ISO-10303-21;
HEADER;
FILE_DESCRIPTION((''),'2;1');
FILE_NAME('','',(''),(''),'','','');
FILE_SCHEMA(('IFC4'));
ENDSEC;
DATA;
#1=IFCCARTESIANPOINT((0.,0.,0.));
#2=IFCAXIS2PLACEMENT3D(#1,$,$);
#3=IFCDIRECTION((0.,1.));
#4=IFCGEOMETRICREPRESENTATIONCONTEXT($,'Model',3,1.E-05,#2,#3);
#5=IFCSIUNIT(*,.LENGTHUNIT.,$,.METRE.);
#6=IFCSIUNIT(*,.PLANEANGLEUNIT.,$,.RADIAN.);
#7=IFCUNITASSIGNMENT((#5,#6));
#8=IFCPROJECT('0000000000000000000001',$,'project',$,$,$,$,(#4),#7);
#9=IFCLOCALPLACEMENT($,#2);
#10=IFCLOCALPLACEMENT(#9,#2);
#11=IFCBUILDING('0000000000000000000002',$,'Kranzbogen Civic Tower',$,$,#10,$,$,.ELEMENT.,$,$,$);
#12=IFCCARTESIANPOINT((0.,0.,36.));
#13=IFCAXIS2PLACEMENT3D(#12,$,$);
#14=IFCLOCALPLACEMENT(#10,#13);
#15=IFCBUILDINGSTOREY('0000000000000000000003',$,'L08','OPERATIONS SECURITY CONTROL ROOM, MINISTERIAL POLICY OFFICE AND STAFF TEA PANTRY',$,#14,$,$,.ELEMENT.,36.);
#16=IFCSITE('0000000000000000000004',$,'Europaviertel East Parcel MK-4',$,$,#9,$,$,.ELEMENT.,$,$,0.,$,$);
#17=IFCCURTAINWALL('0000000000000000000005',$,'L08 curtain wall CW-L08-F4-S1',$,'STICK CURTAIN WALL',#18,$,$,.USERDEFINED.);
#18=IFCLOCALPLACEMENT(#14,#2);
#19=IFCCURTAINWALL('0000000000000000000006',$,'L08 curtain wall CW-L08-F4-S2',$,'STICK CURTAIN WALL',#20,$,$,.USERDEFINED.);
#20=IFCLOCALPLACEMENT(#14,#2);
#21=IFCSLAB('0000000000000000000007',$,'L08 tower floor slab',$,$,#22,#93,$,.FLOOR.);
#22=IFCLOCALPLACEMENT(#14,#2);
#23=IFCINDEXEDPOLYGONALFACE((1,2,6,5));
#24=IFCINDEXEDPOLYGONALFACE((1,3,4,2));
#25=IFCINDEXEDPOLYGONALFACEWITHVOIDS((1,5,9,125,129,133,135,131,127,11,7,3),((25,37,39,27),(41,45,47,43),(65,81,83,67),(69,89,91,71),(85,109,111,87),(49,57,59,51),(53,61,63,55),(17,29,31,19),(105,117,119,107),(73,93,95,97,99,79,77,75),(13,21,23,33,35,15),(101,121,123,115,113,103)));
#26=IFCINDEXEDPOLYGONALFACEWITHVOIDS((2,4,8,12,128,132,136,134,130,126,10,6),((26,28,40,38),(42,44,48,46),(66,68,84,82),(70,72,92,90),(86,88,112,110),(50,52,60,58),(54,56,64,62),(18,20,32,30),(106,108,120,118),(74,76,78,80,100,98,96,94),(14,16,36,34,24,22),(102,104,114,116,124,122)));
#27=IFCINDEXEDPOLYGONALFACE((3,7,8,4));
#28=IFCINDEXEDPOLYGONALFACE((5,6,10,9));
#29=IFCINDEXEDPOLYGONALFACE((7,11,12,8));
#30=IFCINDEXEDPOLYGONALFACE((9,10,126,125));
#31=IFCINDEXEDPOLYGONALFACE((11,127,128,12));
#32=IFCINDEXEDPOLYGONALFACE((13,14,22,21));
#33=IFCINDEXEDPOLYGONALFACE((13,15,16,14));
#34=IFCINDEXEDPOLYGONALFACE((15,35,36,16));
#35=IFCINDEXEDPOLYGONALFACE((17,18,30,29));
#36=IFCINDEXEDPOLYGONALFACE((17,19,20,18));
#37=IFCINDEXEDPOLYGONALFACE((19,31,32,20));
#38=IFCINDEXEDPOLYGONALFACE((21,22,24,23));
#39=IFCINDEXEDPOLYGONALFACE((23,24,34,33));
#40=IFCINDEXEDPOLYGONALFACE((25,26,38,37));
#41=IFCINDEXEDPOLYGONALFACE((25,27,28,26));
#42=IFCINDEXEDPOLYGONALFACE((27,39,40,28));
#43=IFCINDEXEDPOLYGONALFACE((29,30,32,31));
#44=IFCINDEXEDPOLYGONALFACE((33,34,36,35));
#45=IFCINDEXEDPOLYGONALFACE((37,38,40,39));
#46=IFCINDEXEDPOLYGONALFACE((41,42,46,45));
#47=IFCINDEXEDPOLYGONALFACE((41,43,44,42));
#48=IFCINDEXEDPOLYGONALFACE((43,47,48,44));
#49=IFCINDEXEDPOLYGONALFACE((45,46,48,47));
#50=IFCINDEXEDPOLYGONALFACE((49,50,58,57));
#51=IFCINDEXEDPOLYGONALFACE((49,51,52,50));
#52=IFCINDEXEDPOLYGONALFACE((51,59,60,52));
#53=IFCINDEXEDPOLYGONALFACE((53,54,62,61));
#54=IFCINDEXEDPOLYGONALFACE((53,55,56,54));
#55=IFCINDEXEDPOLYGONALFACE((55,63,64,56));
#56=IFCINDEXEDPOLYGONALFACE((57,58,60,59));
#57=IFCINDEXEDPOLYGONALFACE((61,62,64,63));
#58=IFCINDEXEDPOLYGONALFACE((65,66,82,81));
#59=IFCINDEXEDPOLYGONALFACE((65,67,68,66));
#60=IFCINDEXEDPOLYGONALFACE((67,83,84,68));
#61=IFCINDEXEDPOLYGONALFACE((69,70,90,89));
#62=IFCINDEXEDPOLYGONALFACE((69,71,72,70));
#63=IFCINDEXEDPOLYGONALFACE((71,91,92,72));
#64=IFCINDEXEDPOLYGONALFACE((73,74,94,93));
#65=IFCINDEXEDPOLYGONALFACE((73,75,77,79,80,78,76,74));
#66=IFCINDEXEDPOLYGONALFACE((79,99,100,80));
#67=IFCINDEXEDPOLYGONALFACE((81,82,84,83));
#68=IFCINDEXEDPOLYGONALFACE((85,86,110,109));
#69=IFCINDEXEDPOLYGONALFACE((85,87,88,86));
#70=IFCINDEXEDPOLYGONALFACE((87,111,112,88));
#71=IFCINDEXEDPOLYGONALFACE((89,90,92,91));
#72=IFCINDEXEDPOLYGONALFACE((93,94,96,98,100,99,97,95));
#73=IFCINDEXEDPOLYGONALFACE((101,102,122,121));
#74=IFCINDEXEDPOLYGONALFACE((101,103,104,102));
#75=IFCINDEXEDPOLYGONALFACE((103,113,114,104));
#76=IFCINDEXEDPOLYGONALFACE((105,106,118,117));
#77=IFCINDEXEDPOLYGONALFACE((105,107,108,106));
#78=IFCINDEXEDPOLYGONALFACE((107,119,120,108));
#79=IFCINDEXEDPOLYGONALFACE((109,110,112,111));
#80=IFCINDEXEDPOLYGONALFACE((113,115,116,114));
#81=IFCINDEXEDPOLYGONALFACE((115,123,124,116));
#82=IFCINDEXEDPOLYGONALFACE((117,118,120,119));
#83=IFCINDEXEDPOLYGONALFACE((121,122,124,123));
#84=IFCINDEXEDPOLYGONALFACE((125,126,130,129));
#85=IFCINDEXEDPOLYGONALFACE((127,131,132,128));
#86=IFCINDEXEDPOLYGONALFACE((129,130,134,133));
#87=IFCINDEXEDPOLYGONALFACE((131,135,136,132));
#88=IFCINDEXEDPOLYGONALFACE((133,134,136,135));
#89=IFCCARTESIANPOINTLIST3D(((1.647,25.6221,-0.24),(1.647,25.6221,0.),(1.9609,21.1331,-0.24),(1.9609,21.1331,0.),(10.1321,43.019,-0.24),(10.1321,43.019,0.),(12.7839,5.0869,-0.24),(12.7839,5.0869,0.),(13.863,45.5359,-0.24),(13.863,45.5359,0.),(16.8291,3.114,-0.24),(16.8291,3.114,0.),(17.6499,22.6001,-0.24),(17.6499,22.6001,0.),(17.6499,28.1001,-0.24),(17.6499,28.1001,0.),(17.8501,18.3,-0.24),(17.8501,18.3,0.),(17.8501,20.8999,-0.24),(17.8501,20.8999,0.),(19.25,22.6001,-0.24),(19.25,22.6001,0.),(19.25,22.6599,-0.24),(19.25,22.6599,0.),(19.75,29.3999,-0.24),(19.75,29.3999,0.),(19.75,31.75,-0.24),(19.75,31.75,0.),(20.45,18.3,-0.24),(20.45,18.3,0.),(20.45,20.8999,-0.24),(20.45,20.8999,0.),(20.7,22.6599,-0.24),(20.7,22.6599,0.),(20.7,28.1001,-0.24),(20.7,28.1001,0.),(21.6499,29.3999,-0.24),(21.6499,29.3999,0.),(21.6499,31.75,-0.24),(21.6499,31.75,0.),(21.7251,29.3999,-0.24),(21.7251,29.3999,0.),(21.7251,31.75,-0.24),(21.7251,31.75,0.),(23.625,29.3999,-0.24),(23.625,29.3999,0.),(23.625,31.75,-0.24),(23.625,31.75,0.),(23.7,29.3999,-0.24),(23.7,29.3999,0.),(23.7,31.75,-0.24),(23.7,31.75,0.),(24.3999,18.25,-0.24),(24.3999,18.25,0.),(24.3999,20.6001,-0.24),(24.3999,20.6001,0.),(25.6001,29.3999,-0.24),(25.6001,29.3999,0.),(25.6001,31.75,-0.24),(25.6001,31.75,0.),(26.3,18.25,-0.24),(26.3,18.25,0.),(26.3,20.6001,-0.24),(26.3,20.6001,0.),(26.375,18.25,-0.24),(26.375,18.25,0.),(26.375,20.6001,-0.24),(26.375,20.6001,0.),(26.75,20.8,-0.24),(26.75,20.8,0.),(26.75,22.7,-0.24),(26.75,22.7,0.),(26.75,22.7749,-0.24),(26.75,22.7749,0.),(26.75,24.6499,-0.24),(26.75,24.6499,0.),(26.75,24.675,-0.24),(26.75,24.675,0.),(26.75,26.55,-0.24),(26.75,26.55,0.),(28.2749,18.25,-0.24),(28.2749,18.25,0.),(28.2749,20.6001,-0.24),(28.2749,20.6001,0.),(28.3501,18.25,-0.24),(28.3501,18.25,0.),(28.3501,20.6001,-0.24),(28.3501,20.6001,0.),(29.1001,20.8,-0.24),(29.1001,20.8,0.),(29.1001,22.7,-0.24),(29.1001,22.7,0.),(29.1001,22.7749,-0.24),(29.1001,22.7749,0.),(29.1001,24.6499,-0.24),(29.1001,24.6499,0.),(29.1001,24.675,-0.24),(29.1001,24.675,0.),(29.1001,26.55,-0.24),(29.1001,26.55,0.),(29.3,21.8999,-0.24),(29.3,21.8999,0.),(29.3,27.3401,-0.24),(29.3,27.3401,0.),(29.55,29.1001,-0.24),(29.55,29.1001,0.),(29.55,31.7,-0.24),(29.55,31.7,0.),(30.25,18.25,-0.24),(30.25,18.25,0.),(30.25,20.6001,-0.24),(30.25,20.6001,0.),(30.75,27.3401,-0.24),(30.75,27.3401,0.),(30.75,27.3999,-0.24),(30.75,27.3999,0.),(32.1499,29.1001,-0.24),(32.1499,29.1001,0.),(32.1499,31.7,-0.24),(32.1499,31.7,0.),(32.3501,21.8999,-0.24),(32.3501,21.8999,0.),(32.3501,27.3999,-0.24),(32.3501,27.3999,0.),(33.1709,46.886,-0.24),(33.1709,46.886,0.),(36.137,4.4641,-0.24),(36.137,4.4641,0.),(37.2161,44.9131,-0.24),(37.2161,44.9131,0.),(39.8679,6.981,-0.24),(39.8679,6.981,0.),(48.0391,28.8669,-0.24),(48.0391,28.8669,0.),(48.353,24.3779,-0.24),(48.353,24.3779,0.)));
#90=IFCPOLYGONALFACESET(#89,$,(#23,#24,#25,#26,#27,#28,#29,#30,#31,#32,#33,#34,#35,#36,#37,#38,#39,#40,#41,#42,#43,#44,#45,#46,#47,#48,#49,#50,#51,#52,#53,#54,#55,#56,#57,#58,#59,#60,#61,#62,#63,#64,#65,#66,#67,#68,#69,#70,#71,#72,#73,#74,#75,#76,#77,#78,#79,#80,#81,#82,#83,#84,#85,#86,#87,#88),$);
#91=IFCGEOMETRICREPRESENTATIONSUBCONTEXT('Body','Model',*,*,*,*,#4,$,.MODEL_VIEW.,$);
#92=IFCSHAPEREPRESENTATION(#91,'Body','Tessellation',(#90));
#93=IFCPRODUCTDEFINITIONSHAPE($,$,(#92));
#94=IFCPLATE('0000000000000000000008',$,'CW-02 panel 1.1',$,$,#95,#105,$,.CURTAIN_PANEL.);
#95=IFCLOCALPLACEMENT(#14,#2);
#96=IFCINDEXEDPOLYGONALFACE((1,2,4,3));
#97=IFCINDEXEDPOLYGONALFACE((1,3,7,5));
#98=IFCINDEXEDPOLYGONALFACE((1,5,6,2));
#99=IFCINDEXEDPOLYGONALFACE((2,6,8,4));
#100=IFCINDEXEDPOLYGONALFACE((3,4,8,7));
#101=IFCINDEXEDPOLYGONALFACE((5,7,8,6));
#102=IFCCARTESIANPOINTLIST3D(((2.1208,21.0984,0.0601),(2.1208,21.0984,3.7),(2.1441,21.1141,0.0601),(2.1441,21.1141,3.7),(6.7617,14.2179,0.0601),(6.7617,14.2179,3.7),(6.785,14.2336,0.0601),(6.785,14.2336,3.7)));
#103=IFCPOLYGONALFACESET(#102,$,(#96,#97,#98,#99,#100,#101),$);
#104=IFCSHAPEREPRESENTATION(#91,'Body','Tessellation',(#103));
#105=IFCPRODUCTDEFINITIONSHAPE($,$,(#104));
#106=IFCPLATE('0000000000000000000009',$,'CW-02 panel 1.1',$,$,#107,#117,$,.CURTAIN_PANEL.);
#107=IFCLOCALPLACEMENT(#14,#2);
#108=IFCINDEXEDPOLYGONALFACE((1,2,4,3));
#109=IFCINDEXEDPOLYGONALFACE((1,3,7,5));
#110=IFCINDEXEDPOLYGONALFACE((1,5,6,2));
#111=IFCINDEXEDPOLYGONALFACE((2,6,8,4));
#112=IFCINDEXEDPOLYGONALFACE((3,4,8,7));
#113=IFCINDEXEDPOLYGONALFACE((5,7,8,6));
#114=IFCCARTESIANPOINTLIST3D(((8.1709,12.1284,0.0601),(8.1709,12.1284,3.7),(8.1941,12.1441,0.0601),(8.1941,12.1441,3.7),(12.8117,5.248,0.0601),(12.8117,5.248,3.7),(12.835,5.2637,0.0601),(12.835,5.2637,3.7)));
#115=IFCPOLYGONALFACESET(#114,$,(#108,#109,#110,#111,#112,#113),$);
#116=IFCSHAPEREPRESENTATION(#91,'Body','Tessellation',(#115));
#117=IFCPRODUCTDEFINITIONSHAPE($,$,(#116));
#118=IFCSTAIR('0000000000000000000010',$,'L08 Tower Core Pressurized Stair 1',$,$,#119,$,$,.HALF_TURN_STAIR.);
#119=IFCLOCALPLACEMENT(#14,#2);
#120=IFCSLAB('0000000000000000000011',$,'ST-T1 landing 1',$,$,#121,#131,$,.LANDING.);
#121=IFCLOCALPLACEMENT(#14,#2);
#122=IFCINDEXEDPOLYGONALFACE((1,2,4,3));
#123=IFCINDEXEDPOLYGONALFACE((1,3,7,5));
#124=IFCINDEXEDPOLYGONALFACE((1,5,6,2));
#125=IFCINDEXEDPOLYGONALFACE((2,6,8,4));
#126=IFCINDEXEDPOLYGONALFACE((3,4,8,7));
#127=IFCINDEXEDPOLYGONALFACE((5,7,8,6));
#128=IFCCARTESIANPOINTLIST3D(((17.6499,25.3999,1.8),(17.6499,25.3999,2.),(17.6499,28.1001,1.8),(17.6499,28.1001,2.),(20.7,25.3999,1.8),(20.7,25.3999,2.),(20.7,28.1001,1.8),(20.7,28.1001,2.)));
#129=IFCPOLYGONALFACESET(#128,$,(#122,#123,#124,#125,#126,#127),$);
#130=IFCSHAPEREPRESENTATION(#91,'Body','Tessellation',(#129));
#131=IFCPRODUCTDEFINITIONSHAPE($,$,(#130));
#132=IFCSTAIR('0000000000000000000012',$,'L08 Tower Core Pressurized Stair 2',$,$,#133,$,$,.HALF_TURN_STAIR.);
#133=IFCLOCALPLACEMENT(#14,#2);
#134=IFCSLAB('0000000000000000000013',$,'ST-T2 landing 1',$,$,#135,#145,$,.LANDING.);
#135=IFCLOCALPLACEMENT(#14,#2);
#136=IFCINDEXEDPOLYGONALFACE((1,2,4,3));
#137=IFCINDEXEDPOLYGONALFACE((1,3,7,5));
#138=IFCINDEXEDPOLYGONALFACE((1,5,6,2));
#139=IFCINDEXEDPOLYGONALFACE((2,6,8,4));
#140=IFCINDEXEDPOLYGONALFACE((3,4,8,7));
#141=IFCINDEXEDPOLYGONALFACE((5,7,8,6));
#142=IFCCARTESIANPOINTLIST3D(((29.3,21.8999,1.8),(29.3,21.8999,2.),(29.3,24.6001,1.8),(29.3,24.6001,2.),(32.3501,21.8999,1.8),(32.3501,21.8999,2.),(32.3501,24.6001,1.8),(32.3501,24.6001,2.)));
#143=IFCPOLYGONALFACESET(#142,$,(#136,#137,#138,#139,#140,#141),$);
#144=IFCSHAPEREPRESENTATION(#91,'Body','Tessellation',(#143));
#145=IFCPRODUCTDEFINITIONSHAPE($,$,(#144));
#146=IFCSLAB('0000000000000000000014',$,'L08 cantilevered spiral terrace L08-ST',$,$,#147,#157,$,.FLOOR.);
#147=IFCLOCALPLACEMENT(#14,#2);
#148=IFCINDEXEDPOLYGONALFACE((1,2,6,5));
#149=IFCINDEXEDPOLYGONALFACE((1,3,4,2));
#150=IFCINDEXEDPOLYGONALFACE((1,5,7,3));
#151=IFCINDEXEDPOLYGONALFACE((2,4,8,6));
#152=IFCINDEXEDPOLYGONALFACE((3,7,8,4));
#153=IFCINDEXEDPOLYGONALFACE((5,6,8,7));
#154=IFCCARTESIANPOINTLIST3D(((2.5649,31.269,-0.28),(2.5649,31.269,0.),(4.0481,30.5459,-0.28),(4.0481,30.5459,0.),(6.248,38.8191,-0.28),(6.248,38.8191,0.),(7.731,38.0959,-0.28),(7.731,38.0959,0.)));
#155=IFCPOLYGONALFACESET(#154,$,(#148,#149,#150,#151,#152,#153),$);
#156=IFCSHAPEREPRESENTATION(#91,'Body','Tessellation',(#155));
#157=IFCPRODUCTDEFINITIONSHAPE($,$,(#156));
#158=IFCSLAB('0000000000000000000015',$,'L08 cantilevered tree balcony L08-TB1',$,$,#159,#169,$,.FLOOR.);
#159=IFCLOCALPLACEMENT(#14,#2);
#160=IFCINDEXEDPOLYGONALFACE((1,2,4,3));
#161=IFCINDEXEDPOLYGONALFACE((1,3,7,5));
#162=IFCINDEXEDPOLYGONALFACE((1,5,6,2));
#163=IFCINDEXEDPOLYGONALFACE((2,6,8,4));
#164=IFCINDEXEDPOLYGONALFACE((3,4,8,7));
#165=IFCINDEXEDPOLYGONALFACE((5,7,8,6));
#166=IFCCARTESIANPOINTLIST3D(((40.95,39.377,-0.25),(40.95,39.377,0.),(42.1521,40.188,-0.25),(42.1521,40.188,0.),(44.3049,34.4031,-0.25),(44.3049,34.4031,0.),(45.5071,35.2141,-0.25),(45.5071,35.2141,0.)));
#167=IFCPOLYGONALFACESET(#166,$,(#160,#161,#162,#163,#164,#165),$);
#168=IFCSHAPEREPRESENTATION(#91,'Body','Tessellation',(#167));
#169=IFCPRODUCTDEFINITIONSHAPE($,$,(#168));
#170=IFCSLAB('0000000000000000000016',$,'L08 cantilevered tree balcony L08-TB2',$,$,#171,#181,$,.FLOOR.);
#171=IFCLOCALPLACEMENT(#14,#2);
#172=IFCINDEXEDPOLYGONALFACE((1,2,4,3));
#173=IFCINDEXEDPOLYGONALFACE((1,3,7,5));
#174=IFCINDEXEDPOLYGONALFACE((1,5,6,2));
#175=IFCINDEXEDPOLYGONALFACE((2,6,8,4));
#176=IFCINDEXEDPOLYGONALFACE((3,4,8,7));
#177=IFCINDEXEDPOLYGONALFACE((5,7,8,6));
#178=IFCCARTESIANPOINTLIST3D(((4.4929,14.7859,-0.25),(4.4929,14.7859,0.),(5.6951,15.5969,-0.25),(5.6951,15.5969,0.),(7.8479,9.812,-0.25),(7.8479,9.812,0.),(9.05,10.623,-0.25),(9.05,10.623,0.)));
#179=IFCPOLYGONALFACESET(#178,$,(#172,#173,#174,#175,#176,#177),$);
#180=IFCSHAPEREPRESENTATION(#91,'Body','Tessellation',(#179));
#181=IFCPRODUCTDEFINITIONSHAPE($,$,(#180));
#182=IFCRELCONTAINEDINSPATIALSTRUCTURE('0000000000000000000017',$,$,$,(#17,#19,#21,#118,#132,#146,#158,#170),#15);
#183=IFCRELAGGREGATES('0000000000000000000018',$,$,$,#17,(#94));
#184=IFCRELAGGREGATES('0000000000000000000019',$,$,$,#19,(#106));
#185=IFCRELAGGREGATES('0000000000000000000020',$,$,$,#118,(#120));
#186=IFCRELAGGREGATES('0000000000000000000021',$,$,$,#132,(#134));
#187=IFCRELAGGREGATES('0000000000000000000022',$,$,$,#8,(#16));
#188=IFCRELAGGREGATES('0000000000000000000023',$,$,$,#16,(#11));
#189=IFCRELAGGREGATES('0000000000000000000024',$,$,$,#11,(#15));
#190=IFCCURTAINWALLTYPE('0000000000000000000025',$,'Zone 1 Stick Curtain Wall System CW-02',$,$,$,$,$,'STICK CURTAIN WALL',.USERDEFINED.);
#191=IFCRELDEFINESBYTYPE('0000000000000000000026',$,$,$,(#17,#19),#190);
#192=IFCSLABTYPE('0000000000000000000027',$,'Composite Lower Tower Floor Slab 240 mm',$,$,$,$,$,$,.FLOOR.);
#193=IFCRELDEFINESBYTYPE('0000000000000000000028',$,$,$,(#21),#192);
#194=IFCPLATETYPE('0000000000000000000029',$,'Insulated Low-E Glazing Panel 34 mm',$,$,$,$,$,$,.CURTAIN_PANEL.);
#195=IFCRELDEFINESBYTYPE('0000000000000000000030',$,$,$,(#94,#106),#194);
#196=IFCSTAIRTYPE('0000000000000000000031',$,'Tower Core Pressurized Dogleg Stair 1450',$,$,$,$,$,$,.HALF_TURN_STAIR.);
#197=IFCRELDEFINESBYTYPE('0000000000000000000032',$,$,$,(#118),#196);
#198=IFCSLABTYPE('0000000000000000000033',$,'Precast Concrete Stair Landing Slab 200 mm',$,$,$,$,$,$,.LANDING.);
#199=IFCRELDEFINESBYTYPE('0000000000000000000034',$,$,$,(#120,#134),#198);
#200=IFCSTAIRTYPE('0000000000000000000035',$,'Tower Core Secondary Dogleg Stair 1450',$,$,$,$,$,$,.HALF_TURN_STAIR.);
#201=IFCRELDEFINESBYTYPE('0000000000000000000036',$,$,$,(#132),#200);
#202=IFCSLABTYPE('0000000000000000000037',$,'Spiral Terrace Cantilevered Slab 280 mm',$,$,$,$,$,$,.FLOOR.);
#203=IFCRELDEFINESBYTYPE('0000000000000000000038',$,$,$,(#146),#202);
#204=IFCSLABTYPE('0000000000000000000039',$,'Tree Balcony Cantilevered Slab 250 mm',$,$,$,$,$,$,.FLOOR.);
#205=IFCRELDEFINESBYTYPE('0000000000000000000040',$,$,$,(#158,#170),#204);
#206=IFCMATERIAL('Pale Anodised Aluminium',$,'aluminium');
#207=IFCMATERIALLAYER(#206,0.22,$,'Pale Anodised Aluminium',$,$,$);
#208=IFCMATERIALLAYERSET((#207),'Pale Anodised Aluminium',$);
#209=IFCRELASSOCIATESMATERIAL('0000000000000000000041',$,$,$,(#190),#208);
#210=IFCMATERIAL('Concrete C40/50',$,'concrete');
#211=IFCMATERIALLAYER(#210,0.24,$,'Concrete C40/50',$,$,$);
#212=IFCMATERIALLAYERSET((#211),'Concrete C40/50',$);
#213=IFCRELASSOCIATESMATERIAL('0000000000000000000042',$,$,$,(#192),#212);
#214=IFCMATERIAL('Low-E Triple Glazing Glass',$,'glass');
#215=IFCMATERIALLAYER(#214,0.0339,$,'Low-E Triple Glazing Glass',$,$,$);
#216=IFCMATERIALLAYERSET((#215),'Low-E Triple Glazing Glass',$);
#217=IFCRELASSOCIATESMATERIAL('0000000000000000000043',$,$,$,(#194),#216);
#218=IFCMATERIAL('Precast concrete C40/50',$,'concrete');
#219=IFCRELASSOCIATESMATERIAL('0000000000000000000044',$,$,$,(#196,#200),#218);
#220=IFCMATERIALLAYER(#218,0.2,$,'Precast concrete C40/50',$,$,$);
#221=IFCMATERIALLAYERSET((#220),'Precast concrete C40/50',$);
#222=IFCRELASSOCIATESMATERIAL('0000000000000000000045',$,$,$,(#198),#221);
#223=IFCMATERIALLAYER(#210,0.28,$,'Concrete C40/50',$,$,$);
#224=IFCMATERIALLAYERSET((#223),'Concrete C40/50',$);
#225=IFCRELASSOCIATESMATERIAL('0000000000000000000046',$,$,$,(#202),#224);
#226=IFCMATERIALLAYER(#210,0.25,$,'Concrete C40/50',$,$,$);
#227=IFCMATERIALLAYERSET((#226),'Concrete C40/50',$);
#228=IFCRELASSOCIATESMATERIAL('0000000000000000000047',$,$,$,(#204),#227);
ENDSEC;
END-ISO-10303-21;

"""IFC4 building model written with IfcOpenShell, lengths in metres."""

from ifc_helpers import new_model, si_unit, direction, frame, origin, origin_2d, place, context, subcontext, project, spatial, polyline, rectangle, outline, extrude, material, layer, layer_set, type_object, element, aggregate, save


model = new_model("IFC4")

# Units and contexts
model_context = context("Model", 3, precision=1e-05, world=origin(), true_north=direction((0.0, 1.0)))
body_context = subcontext(model_context, "Body", "Model", "MODEL_VIEW")
ifc_project = project(units=[si_unit("LENGTHUNIT", "METRE"), si_unit("PLANEANGLEUNIT", "RADIAN")], contexts=[model_context])

# Site, building, storey
site_placement = place(None, origin())
site = spatial("IfcSite", under=ifc_project, at=site_placement, Name="Europaviertel East Parcel MK-4", CompositionType="ELEMENT", RefElevation=0.0)
building_placement = place(site_placement, origin())
building = spatial("IfcBuilding", under=site, at=building_placement, Name="Kranzbogen Civic Tower", CompositionType="ELEMENT")
storey_placement = place(building_placement, frame((0.0, 0.0, 36.0)))
storey = spatial("IfcBuildingStorey", under=building, at=storey_placement, Name="L08", Description="OPERATIONS SECURITY CONTROL ROOM, MINISTERIAL POLICY OFFICE AND STAFF TEA PANTRY", CompositionType="ELEMENT", Elevation=36.0)

# Curtain walls
ifc_material_1 = material(Name="Pale Anodised Aluminium", Category="aluminium")
ifc_layer_1 = layer(ifc_material_1, 0.22, Name="Pale Anodised Aluminium")
ifc_layer_set_1 = layer_set([ifc_layer_1], Name="Pale Anodised Aluminium")
curtain_wall_type = type_object("IfcCurtainWallType", Name="Zone 1 Stick Curtain Wall System CW-02", ElementType="STICK CURTAIN WALL", PredefinedType="USERDEFINED", material=ifc_layer_set_1)
curtain_wall_1_placement = place(storey_placement, origin())
curtain_wall_1 = element("IfcCurtainWall", 1, at=curtain_wall_1_placement, inside=storey, type_object=curtain_wall_type, Name="L08 curtain wall CW-L08-F4-S1", ObjectType="STICK CURTAIN WALL", PredefinedType="USERDEFINED")
curtain_wall_2_placement = place(storey_placement, origin())
curtain_wall_2 = element("IfcCurtainWall", 2, at=curtain_wall_2_placement, inside=storey, type_object=curtain_wall_type, Name="L08 curtain wall CW-L08-F4-S2", ObjectType="STICK CURTAIN WALL", PredefinedType="USERDEFINED")

# Slab
ifc_material_2 = material(Name="Concrete C40/50", Category="concrete")
ifc_layer_2 = layer(ifc_material_2, 0.24, Name="Concrete C40/50")
ifc_layer_set_2 = layer_set([ifc_layer_2], Name="Concrete C40/50")
slab_type_1 = type_object("IfcSlabType", Name="Composite Lower Tower Floor Slab 240 mm", PredefinedType="FLOOR", material=ifc_layer_set_2)
slab_1_placement = place(storey_placement, frame((0.0, 0.0, -0.24)))
element("IfcSlab", 3, at=slab_1_placement, inside=storey, type_object=slab_type_1, Name="L08 tower floor slab", PredefinedType="FLOOR", context=body_context, shape_type="SweptSolid", body=[
    extrude(outline(polyline([(48.0391, 28.8669), (37.2161, 44.9131), (33.1709, 46.886), (13.863, 45.5359), (10.1321, 43.019), (1.647, 25.6221), (1.9609, 21.1331), (12.7839, 5.0869), (16.8291, 3.114), (36.137, 4.4641), (39.8679, 6.981), (48.353, 24.3779), (48.0391, 28.8669)]), holes=[polyline([(26.3, 20.6001), (26.3, 18.25), (24.3999, 18.25), (24.3999, 20.6001), (26.3, 20.6001)]), polyline([(28.2749, 18.25), (26.375, 18.25), (26.375, 20.6001), (28.2749, 20.6001), (28.2749, 18.25)]), polyline([(20.45, 18.3), (17.8501, 18.3), (17.8501, 20.8999), (20.45, 20.8999), (20.45, 18.3)]), polyline([(20.7, 22.6599), (19.25, 22.6599), (19.25, 22.6001), (17.6499, 22.6001), (17.6499, 28.1001), (20.7, 28.1001), (20.7, 22.6599)]), polyline([(21.6499, 29.3999), (19.75, 29.3999), (19.75, 31.75), (21.6499, 31.75), (21.6499, 29.3999)]), polyline([(23.625, 29.3999), (21.7251, 29.3999), (21.7251, 31.75), (23.625, 31.75), (23.625, 29.3999)]), polyline([(25.6001, 31.75), (25.6001, 29.3999), (23.7, 29.3999), (23.7, 31.75), (25.6001, 31.75)]), polyline([(30.25, 18.25), (28.3501, 18.25), (28.3501, 20.6001), (30.25, 20.6001), (30.25, 18.25)]), polyline([(29.1001, 20.8), (26.75, 20.8), (26.75, 22.7), (29.1001, 22.7), (29.1001, 20.8)]), polyline([(26.75, 26.55), (29.1001, 26.55), (29.1001, 24.675), (29.1001, 24.6499), (29.1001, 22.7749), (26.75, 22.7749), (26.75, 24.6499), (26.75, 24.675), (26.75, 26.55)]), polyline([(30.75, 27.3401), (30.75, 27.3999), (32.3501, 27.3999), (32.3501, 21.8999), (29.3, 21.8999), (29.3, 27.3401), (30.75, 27.3401)]), polyline([(32.1499, 29.1001), (29.55, 29.1001), (29.55, 31.7), (32.1499, 31.7), (32.1499, 29.1001)])]), origin(), (0.0, 0.0, 1.0), 0.24),
])

# Plates
ifc_material_3 = material(Name="Low-E Triple Glazing Glass", Category="glass")
ifc_layer_3 = layer(ifc_material_3, 0.0339, Name="Low-E Triple Glazing Glass")
ifc_layer_set_3 = layer_set([ifc_layer_3], Name="Low-E Triple Glazing Glass")
plate_type = type_object("IfcPlateType", Name="Insulated Low-E Glazing Panel 34 mm", PredefinedType="CURTAIN_PANEL", material=ifc_layer_set_3)
plate_1_placement = place(storey_placement, frame((4.4529, 17.666, 0.0601), z_axis=(0.0, 0.0, 1.0), x_axis=(0.559187, -0.829041, 0.0)))
plate_1 = element("IfcPlate", 4, at=plate_1_placement, type_object=plate_type, Name="CW-02 panel 1.1", PredefinedType="CURTAIN_PANEL", context=body_context, shape_type="SweptSolid", body=[
    extrude(rectangle(XDim=8.2993, YDim=0.0281, at=origin_2d()), origin(), (0.0, 0.0, 1.0), 3.6399),
])
aggregate(curtain_wall_1, [plate_1])
plate_2_placement = place(storey_placement, frame((10.5029, 8.696, 0.0601), z_axis=(0.0, 0.0, 1.0), x_axis=(0.559187, -0.829041, 0.0)))
plate_2 = element("IfcPlate", 5, at=plate_2_placement, type_object=plate_type, Name="CW-02 panel 1.1", PredefinedType="CURTAIN_PANEL", context=body_context, shape_type="SweptSolid", body=[
    extrude(rectangle(XDim=8.2993, YDim=0.0281, at=origin_2d()), origin(), (0.0, 0.0, 1.0), 3.6399),
])
aggregate(curtain_wall_2, [plate_2])

# Stairs, slabs
ifc_material_4 = material(Name="Precast concrete C40/50", Category="concrete")
stair_type_1 = type_object("IfcStairType", Name="Tower Core Pressurized Dogleg Stair 1450", PredefinedType="HALF_TURN_STAIR", material=ifc_material_4)
stair_1_placement = place(storey_placement, origin())
stair_1 = element("IfcStair", 6, at=stair_1_placement, inside=storey, type_object=stair_type_1, Name="L08 Tower Core Pressurized Stair 1", PredefinedType="HALF_TURN_STAIR")
ifc_layer_4 = layer(ifc_material_4, 0.2, Name="Precast concrete C40/50")
ifc_layer_set_4 = layer_set([ifc_layer_4], Name="Precast concrete C40/50")
slab_type_2 = type_object("IfcSlabType", Name="Precast Concrete Stair Landing Slab 200 mm", PredefinedType="LANDING", material=ifc_layer_set_4)
slab_2_placement = place(storey_placement, frame((0.0, 0.0, 1.8)))
slab_2 = element("IfcSlab", 7, at=slab_2_placement, type_object=slab_type_2, Name="ST-T1 landing 1", PredefinedType="LANDING", context=body_context, shape_type="SweptSolid", body=[
    extrude(outline(polyline([(20.7, 25.3999), (20.7, 28.1001), (17.6499, 28.1001), (17.6499, 25.3999), (20.7, 25.3999)])), origin(), (0.0, 0.0, 1.0), 0.2),
])
aggregate(stair_1, [slab_2])
stair_type_2 = type_object("IfcStairType", Name="Tower Core Secondary Dogleg Stair 1450", PredefinedType="HALF_TURN_STAIR", material=ifc_material_4)
stair_2_placement = place(storey_placement, origin())
stair_2 = element("IfcStair", 8, at=stair_2_placement, inside=storey, type_object=stair_type_2, Name="L08 Tower Core Pressurized Stair 2", PredefinedType="HALF_TURN_STAIR")
slab_3_placement = place(storey_placement, frame((0.0, 0.0, 1.8)))
slab_3 = element("IfcSlab", 9, at=slab_3_placement, type_object=slab_type_2, Name="ST-T2 landing 1", PredefinedType="LANDING", context=body_context, shape_type="SweptSolid", body=[
    extrude(outline(polyline([(29.3, 24.6001), (29.3, 21.8999), (32.3501, 21.8999), (32.3501, 24.6001), (29.3, 24.6001)])), origin(), (0.0, 0.0, 1.0), 0.2),
])
aggregate(stair_2, [slab_3])

# Slabs
ifc_layer_5 = layer(ifc_material_2, 0.28, Name="Concrete C40/50")
ifc_layer_set_5 = layer_set([ifc_layer_5], Name="Concrete C40/50")
slab_type_3 = type_object("IfcSlabType", Name="Spiral Terrace Cantilevered Slab 280 mm", PredefinedType="FLOOR", material=ifc_layer_set_5)
slab_4_placement = place(storey_placement, frame((0.0, 0.0, -0.28)))
element("IfcSlab", 10, at=slab_4_placement, inside=storey, type_object=slab_type_3, Name="L08 cantilevered spiral terrace L08-ST", PredefinedType="FLOOR", context=body_context, shape_type="SweptSolid", body=[
    extrude(outline(polyline([(7.731, 38.0959), (4.0481, 30.5459), (2.5649, 31.269), (6.248, 38.8191), (7.731, 38.0959)])), origin(), (0.0, 0.0, 1.0), 0.28),
])
ifc_layer_6 = layer(ifc_material_2, 0.25, Name="Concrete C40/50")
ifc_layer_set_6 = layer_set([ifc_layer_6], Name="Concrete C40/50")
slab_type_4 = type_object("IfcSlabType", Name="Tree Balcony Cantilevered Slab 250 mm", PredefinedType="FLOOR", material=ifc_layer_set_6)
slab_5_placement = place(storey_placement, frame((0.0, 0.0, -0.25)))
element("IfcSlab", 11, at=slab_5_placement, inside=storey, type_object=slab_type_4, Name="L08 cantilevered tree balcony L08-TB1", PredefinedType="FLOOR", context=body_context, shape_type="SweptSolid", body=[
    extrude(outline(polyline([(44.3049, 34.4031), (40.95, 39.377), (42.1521, 40.188), (45.5071, 35.2141), (44.3049, 34.4031)])), origin(), (0.0, 0.0, 1.0), 0.25),
])
slab_6_placement = place(storey_placement, frame((0.0, 0.0, -0.25)))
element("IfcSlab", 12, at=slab_6_placement, inside=storey, type_object=slab_type_4, Name="L08 cantilevered tree balcony L08-TB2", PredefinedType="FLOOR", context=body_context, shape_type="SweptSolid", body=[
    extrude(outline(polyline([(5.6951, 15.5969), (9.05, 10.623), (7.8479, 9.812), (4.4929, 14.7859), (5.6951, 15.5969)])), origin(), (0.0, 0.0, 1.0), 0.25),
])

save(model, "model.ifc")
